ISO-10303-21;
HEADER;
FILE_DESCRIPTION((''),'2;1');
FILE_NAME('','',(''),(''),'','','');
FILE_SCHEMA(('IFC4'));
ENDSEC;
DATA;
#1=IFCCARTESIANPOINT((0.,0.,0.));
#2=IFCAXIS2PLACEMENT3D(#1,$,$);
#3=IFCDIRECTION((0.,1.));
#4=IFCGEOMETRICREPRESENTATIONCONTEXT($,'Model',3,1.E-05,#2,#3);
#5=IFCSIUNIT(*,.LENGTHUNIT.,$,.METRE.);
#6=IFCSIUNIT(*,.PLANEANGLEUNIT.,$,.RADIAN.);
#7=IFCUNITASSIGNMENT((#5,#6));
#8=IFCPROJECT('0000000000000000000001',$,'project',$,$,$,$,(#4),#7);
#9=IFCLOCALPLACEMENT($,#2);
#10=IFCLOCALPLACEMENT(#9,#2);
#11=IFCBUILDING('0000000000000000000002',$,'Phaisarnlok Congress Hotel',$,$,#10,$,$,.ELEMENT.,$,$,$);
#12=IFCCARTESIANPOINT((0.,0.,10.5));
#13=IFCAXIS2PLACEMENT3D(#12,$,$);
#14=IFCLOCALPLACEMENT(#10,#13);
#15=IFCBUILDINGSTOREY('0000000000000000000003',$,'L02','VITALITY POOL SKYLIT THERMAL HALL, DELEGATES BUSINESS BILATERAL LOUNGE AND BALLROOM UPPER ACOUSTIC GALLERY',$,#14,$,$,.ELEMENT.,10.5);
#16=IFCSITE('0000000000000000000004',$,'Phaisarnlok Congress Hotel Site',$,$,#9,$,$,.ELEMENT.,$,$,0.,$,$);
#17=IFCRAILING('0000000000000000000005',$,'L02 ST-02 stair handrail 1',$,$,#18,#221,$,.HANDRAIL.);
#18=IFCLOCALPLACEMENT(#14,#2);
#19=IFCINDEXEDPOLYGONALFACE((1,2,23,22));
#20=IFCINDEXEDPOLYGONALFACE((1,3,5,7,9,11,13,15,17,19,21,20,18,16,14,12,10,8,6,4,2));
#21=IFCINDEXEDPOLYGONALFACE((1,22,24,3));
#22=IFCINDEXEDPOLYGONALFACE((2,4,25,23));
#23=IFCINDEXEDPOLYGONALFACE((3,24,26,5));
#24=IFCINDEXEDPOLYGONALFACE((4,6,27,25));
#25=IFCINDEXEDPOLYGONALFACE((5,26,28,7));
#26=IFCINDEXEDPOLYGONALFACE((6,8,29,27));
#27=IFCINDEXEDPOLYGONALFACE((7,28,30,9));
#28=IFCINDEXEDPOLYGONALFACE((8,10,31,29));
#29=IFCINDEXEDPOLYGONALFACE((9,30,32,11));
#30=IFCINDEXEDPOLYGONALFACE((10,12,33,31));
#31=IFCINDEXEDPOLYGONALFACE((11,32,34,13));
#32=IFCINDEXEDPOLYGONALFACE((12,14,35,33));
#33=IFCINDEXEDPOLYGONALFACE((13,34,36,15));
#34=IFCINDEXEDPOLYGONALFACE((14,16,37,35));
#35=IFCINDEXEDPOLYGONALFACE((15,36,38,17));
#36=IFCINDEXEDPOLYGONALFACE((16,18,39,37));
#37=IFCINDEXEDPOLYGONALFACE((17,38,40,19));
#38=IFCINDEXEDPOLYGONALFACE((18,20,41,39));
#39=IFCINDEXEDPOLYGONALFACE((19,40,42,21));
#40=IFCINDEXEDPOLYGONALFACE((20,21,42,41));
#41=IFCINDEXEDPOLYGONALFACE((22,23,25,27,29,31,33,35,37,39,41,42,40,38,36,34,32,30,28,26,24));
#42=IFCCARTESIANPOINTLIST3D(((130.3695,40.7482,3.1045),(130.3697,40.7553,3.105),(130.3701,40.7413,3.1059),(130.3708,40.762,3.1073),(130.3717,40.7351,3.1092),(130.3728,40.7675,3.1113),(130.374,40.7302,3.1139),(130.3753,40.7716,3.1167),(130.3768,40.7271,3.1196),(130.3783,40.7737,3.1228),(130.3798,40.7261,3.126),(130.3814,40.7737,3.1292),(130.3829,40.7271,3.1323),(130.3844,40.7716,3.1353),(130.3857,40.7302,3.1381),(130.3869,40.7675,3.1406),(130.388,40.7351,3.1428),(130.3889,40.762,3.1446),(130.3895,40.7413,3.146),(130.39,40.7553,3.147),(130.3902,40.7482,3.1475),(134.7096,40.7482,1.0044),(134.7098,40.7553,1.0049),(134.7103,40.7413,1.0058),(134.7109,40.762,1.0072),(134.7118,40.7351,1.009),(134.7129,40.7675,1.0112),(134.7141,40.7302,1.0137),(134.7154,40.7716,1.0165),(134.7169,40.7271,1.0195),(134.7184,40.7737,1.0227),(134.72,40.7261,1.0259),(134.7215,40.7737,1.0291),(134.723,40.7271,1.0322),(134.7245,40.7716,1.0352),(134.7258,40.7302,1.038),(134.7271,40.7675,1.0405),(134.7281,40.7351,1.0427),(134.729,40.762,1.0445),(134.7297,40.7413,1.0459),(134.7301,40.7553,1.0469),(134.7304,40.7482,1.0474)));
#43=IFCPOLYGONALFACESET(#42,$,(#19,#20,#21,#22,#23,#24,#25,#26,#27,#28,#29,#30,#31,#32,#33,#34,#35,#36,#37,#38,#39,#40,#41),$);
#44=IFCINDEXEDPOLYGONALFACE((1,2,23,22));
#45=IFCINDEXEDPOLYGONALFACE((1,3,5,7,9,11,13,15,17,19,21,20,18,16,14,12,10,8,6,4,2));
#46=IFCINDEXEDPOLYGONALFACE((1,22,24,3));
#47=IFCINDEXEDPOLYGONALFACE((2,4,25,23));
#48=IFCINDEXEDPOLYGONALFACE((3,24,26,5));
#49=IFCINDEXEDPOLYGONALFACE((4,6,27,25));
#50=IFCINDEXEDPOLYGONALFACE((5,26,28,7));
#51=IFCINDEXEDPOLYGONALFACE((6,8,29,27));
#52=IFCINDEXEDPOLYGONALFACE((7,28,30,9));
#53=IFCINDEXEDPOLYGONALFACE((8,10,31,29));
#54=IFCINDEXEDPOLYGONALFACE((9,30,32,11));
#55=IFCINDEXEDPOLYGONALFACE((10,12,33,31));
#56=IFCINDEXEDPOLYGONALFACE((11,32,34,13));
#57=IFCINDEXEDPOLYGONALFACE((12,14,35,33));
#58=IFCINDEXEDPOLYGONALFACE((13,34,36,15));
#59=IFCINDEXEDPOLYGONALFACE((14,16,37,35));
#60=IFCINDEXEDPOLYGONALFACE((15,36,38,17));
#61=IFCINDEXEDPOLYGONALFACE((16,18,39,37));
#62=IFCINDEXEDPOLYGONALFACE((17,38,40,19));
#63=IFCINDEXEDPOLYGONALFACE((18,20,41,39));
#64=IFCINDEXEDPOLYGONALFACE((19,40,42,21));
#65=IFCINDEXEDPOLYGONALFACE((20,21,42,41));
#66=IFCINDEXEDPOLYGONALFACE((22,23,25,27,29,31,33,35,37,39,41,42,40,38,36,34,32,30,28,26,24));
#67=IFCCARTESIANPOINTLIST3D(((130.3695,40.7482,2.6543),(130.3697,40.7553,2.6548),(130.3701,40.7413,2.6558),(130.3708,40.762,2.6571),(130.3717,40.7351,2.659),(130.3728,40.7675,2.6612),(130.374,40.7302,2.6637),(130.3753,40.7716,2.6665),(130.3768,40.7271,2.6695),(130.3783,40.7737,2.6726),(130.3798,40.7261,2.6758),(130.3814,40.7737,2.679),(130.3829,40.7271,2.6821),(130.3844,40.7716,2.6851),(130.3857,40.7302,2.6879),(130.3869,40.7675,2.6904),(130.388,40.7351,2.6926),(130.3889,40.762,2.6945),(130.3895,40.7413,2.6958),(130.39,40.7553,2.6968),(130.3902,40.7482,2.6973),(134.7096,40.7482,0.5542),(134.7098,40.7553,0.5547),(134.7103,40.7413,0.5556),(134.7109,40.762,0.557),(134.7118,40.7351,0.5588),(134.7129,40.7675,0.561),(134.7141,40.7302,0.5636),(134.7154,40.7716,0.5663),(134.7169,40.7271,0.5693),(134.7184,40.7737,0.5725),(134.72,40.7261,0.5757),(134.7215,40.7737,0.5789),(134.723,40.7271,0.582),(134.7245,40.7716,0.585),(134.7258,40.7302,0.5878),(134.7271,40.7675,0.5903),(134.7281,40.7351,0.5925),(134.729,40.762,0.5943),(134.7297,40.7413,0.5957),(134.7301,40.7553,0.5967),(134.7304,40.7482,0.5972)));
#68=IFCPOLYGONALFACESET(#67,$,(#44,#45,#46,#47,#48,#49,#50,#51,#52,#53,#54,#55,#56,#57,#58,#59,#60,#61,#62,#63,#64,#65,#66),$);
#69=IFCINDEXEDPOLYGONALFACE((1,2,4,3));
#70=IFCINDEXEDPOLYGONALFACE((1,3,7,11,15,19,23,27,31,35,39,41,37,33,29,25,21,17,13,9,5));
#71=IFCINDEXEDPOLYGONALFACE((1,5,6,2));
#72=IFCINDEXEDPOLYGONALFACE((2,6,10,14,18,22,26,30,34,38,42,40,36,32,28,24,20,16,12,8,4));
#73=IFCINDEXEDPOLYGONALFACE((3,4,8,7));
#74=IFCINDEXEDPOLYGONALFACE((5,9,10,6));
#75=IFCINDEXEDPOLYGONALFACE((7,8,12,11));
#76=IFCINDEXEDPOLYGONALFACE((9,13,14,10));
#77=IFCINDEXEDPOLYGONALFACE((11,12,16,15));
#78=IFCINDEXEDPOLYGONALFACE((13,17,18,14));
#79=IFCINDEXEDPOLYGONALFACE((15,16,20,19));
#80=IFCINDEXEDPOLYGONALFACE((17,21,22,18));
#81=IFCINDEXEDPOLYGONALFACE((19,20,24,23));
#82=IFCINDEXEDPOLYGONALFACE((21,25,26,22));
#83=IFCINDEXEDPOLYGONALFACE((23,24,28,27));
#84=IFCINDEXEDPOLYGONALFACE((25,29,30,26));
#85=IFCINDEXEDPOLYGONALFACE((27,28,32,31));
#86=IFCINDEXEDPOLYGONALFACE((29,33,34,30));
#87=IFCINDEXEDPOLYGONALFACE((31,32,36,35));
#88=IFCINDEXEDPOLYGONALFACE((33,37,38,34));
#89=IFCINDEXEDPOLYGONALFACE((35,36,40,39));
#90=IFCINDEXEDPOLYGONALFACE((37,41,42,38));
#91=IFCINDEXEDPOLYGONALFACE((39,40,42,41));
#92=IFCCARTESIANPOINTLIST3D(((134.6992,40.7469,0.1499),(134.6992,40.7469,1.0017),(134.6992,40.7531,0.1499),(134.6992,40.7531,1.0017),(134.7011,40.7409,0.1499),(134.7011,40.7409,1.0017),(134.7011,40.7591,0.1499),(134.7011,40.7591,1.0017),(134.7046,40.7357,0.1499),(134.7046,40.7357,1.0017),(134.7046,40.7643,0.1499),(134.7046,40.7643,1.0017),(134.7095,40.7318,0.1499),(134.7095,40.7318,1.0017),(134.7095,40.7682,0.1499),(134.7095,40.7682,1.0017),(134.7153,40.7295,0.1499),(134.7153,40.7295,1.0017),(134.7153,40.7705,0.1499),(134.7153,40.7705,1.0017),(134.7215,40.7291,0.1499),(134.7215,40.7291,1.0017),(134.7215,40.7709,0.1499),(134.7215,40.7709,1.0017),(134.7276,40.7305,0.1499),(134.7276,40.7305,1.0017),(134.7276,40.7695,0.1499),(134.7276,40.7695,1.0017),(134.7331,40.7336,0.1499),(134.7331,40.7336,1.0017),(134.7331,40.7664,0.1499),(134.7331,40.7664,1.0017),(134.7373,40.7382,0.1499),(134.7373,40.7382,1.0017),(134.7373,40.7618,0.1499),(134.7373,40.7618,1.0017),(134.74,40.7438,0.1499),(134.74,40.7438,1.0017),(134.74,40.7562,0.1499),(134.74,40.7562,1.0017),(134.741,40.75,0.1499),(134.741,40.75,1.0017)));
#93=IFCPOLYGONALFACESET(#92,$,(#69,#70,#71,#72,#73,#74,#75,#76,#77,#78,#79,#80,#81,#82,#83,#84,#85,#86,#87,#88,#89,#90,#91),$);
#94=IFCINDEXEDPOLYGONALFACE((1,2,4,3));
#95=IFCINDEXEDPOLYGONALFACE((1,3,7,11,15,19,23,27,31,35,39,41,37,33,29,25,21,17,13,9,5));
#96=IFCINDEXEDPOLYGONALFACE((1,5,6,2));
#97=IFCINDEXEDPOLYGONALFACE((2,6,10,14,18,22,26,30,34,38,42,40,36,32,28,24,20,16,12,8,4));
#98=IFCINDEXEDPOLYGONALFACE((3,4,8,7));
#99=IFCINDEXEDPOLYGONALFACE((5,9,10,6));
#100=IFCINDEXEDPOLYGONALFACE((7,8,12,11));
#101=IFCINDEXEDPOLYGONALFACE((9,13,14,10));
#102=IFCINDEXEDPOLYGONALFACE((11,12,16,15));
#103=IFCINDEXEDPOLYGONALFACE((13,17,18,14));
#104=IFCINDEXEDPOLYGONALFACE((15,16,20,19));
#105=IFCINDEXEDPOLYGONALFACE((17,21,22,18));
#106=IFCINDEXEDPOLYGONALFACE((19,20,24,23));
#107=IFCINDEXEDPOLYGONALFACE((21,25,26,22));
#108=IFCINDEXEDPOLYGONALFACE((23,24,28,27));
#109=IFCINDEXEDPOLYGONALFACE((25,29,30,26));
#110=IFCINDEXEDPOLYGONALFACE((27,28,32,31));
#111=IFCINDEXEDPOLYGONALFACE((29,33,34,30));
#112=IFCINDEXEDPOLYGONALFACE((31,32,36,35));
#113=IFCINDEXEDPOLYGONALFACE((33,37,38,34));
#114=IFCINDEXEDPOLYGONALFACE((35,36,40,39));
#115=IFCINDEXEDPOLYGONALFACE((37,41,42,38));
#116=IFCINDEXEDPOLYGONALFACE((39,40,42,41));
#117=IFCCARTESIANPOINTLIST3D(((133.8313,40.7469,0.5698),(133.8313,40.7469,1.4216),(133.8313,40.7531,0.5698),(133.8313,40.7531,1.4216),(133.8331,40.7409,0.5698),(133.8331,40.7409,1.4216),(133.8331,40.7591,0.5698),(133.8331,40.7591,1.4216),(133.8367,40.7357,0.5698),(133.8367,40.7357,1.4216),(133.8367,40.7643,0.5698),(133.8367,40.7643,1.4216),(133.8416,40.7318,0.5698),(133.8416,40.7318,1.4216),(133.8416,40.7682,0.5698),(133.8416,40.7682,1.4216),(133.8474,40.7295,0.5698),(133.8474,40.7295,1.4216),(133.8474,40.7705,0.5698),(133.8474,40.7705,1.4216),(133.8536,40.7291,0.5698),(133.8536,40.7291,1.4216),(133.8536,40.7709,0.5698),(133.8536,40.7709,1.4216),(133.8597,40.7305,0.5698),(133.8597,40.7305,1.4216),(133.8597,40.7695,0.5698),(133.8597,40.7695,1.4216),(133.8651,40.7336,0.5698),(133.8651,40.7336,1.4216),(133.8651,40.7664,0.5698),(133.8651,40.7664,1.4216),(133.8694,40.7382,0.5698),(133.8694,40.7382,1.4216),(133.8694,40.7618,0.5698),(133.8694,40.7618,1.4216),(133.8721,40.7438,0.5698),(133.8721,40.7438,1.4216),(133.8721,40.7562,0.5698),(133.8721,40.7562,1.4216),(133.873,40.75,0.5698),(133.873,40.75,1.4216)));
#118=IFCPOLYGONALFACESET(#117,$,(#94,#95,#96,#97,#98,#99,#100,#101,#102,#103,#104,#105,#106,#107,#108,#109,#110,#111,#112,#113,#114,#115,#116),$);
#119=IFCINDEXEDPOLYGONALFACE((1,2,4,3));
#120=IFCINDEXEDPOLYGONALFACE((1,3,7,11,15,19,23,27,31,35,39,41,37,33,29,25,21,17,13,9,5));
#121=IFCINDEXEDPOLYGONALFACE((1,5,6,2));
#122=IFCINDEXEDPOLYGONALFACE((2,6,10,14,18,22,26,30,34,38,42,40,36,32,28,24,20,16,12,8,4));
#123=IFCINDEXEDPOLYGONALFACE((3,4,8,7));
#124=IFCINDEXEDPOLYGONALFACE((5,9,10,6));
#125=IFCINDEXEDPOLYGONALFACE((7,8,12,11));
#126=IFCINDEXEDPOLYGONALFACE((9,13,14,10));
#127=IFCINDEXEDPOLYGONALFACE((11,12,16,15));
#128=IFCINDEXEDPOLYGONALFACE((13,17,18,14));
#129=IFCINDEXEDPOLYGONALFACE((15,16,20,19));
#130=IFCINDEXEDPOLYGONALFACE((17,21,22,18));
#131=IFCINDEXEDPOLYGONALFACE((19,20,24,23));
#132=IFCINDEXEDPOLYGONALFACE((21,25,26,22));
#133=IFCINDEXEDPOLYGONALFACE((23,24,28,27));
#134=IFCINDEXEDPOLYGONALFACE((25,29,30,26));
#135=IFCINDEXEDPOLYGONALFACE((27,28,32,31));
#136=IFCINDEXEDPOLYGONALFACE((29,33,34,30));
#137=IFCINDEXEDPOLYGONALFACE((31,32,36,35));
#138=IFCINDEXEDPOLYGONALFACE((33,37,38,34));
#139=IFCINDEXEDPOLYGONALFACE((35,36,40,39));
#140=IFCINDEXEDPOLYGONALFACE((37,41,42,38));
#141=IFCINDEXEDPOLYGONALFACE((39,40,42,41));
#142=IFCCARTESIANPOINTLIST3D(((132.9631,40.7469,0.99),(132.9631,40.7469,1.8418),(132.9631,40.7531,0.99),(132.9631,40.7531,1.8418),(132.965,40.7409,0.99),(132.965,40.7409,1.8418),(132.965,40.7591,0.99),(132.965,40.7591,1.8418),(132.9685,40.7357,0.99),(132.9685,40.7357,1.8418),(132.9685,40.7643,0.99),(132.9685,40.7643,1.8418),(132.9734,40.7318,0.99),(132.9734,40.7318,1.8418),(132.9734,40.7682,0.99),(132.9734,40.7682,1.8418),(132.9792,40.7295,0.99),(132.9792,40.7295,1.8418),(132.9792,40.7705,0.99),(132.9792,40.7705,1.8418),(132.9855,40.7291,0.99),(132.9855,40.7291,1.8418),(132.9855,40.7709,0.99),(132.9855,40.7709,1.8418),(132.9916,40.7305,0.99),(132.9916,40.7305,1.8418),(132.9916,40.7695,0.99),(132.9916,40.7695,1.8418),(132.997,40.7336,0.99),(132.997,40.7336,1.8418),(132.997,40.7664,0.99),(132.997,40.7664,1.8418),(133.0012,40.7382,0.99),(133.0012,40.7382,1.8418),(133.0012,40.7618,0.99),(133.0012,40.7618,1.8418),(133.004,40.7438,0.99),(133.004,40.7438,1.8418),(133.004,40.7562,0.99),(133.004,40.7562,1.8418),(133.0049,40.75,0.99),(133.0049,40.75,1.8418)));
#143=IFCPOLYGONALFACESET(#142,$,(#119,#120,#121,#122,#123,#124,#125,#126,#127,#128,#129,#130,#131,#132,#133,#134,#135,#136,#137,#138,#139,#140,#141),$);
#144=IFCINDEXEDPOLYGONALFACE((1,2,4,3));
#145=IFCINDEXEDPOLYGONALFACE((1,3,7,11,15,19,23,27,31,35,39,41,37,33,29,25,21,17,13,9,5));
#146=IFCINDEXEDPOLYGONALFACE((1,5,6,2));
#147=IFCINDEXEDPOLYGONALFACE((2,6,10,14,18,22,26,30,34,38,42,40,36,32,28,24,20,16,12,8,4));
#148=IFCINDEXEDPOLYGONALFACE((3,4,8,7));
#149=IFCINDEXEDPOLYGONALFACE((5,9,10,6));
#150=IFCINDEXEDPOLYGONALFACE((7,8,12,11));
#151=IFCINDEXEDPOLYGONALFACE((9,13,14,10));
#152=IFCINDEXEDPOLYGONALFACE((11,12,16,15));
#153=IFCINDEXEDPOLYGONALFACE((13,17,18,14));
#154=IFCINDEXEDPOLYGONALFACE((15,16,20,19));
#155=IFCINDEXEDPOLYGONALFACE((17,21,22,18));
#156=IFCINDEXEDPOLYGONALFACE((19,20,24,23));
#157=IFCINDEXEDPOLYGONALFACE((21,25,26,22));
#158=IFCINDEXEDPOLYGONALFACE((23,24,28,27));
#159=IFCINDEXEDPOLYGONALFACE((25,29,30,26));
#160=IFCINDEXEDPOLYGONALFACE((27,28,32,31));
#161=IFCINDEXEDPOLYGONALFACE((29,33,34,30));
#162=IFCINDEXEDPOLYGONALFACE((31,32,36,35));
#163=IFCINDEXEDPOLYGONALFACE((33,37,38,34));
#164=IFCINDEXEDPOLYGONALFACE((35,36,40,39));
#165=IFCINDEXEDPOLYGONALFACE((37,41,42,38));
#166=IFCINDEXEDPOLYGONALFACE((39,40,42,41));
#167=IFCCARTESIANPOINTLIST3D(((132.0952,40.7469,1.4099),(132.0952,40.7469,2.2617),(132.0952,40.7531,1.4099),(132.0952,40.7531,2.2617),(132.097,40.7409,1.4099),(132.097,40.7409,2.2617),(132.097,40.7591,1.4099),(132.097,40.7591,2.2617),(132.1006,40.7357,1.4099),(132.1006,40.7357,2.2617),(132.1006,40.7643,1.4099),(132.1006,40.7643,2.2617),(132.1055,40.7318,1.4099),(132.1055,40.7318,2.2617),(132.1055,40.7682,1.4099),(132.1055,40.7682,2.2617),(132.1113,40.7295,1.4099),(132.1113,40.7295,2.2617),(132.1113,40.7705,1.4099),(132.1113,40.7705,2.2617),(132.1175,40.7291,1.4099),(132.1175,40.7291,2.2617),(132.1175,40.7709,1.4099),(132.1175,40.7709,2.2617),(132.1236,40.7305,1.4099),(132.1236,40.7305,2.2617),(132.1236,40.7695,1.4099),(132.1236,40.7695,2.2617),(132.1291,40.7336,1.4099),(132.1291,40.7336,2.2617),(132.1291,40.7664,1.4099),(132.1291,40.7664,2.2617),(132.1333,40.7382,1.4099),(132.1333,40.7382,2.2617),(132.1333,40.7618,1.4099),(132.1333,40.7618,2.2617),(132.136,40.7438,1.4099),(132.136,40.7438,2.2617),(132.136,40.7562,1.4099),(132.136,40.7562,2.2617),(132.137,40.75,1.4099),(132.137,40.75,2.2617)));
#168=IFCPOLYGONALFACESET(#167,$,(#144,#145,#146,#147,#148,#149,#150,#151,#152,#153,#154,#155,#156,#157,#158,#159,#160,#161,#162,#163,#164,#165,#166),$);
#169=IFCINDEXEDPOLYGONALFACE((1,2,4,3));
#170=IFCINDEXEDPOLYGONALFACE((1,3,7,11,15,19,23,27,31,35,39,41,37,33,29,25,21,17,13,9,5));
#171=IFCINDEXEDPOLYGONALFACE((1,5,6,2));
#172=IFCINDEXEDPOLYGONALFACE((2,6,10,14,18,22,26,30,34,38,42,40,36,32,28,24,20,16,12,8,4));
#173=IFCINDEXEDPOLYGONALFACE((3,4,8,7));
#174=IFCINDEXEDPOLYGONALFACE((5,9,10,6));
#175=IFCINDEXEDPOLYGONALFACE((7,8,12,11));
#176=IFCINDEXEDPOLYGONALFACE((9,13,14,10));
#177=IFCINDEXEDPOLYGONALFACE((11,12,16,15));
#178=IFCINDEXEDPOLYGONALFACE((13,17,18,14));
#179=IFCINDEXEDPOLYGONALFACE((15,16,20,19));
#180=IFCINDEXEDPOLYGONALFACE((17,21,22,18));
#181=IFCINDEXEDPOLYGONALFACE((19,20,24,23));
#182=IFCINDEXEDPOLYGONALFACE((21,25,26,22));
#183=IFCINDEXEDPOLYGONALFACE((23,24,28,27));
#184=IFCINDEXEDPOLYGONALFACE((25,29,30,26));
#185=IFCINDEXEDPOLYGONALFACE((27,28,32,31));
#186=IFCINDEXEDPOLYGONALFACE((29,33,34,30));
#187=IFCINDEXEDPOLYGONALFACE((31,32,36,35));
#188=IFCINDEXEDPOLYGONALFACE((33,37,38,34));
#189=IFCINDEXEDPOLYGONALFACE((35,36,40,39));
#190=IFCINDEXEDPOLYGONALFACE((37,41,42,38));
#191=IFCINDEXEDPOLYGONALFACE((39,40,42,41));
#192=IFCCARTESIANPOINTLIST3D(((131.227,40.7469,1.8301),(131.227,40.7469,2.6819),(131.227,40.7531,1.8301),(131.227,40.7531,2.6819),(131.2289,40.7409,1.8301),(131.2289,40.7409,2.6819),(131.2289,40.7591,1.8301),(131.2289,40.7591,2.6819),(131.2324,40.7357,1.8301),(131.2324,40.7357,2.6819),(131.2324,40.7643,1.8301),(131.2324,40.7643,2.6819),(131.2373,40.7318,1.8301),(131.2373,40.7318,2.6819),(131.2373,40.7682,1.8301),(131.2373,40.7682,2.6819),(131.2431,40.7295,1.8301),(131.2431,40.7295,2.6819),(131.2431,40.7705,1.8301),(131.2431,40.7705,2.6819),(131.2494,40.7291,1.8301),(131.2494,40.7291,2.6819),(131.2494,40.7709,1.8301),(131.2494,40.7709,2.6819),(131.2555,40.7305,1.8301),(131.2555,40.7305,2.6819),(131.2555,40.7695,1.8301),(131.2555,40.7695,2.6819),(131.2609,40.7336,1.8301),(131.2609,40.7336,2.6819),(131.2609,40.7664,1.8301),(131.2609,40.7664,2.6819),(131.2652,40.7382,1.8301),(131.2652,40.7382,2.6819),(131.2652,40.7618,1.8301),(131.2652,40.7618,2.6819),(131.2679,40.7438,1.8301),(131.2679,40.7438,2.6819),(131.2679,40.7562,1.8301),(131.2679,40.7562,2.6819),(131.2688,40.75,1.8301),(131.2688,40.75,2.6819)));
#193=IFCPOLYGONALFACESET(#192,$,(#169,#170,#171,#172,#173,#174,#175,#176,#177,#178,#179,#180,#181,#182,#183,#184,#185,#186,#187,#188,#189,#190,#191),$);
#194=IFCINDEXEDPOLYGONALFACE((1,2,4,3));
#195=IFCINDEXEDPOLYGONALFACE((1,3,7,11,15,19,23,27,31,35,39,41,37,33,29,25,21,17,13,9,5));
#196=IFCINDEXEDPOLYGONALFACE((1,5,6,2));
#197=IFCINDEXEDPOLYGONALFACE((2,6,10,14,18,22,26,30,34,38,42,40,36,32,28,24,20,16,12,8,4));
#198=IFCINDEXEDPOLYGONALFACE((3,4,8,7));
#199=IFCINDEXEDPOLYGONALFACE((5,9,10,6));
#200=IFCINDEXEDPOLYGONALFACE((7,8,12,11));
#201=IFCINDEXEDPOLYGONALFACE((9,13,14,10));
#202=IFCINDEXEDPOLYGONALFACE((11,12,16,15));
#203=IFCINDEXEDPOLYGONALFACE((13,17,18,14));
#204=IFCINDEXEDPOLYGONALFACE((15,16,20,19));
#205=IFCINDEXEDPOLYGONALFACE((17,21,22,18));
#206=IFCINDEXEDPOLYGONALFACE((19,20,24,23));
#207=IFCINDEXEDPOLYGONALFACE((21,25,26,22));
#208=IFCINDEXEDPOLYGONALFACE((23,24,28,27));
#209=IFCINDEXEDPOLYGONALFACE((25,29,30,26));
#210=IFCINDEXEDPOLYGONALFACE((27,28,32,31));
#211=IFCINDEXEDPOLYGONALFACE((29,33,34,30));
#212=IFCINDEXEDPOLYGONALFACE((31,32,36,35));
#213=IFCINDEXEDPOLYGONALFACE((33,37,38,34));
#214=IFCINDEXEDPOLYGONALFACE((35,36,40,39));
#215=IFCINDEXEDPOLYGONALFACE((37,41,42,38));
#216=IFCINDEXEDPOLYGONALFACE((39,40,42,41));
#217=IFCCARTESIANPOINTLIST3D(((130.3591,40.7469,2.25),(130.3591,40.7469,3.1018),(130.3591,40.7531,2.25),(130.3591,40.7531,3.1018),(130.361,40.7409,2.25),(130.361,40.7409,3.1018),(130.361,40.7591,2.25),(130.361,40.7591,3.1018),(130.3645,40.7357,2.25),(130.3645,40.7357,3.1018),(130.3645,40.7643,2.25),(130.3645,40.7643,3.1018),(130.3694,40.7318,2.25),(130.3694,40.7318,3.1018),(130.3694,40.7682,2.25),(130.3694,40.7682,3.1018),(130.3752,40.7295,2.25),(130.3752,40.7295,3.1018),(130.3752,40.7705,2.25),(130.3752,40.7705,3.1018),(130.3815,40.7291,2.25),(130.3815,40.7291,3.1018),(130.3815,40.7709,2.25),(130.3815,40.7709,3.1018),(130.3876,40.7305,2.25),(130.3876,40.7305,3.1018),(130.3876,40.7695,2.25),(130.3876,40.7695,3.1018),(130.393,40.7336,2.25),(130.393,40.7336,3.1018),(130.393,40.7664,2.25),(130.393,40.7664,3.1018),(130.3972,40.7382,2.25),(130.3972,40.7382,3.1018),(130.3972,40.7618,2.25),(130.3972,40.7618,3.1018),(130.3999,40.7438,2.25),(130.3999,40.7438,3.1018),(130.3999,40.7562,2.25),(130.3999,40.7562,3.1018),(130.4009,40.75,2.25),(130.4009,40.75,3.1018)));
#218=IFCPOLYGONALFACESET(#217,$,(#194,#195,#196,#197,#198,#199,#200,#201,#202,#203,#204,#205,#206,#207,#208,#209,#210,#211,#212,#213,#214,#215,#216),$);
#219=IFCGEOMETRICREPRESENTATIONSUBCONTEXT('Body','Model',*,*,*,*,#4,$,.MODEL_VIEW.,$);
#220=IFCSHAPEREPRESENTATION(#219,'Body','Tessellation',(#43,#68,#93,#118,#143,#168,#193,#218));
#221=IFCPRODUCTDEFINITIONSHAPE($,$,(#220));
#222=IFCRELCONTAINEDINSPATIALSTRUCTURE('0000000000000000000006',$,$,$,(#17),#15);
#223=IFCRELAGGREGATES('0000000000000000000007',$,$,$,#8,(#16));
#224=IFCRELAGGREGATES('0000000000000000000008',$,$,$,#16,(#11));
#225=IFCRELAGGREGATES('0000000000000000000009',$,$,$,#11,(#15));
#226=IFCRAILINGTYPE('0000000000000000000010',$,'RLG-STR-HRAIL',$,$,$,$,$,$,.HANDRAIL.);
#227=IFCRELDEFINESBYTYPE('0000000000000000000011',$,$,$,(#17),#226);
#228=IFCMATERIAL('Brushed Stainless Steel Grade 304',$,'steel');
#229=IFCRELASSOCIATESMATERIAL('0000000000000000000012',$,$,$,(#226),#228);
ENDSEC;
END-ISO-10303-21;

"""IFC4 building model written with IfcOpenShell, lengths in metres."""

from ifc_helpers import new_model, si_unit, direction, frame, origin, origin_2d, place, context, subcontext, project, spatial, circle, extrude, material, type_object, element, save


model = new_model("IFC4")

# Units and contexts
model_context = context("Model", 3, precision=1e-05, world=origin(), true_north=direction((0.0, 1.0)))
body_context = subcontext(model_context, "Body", "Model", "MODEL_VIEW")
ifc_project = project(units=[si_unit("LENGTHUNIT", "METRE"), si_unit("PLANEANGLEUNIT", "RADIAN")], contexts=[model_context])

# Site, building, storey
site_placement = place(None, origin())
site = spatial("IfcSite", under=ifc_project, at=site_placement, Name="Phaisarnlok Congress Hotel Site", CompositionType="ELEMENT", RefElevation=0.0)
building_placement = place(site_placement, origin())
building = spatial("IfcBuilding", under=site, at=building_placement, Name="Phaisarnlok Congress Hotel", CompositionType="ELEMENT")
storey_placement = place(building_placement, frame((0.0, 0.0, 10.5)))
storey = spatial("IfcBuildingStorey", under=building, at=storey_placement, Name="L02", Description="VITALITY POOL SKYLIT THERMAL HALL, DELEGATES BUSINESS BILATERAL LOUNGE AND BALLROOM UPPER ACOUSTIC GALLERY", CompositionType="ELEMENT", Elevation=10.5)

# Shared definitions
ifc_material_1 = material(Name="Brushed Stainless Steel Grade 304", Category="steel")

# Railing
railing_type_1 = type_object("IfcRailingType", Name="RLG-STR-HRAIL", PredefinedType="HANDRAIL", material=ifc_material_1)
railing_1_placement = place(storey_placement, frame((134.72, 40.75, 0.1499)))
element("IfcRailing", 1, at=railing_1_placement, inside=storey, type_object=railing_type_1, Name="L02 ST-02 stair handrail 1", PredefinedType="HANDRAIL", context=body_context, shape_type="SweptSolid", body=[
    extrude(circle(Radius=0.0239, at=origin_2d()), frame((0.0, 0.0, 0.876), z_axis=(-0.900155, 0.0, 0.43557), x_axis=(0.0, -1.0, 0.0)), (0.0, 0.0, 1.0), 4.8215),
    extrude(circle(Radius=0.0239, at=origin_2d()), frame((0.0, 0.0, 0.4258), z_axis=(-0.900155, 0.0, 0.43557), x_axis=(0.0, -1.0, 0.0)), (0.0, 0.0, 1.0), 4.8215),
    extrude(circle(Radius=0.021, at=origin_2d()), origin(), (0.0, 0.0, 1.0), 0.8518),
    extrude(circle(Radius=0.021, at=origin_2d()), frame((-0.8679, 0.0, 0.4199)), (0.0, 0.0, 1.0), 0.8518),
    extrude(circle(Radius=0.021, at=origin_2d()), frame((-1.7361, 0.0, 0.8401)), (0.0, 0.0, 1.0), 0.8518),
    extrude(circle(Radius=0.021, at=origin_2d()), frame((-2.604, 0.0, 1.26)), (0.0, 0.0, 1.0), 0.8518),
    extrude(circle(Radius=0.021, at=origin_2d()), frame((-3.4722, 0.0, 1.6802)), (0.0, 0.0, 1.0), 0.8518),
    extrude(circle(Radius=0.021, at=origin_2d()), frame((-4.3401, 0.0, 2.1001)), (0.0, 0.0, 1.0), 0.8518),
])

save(model, "model.ifc")
